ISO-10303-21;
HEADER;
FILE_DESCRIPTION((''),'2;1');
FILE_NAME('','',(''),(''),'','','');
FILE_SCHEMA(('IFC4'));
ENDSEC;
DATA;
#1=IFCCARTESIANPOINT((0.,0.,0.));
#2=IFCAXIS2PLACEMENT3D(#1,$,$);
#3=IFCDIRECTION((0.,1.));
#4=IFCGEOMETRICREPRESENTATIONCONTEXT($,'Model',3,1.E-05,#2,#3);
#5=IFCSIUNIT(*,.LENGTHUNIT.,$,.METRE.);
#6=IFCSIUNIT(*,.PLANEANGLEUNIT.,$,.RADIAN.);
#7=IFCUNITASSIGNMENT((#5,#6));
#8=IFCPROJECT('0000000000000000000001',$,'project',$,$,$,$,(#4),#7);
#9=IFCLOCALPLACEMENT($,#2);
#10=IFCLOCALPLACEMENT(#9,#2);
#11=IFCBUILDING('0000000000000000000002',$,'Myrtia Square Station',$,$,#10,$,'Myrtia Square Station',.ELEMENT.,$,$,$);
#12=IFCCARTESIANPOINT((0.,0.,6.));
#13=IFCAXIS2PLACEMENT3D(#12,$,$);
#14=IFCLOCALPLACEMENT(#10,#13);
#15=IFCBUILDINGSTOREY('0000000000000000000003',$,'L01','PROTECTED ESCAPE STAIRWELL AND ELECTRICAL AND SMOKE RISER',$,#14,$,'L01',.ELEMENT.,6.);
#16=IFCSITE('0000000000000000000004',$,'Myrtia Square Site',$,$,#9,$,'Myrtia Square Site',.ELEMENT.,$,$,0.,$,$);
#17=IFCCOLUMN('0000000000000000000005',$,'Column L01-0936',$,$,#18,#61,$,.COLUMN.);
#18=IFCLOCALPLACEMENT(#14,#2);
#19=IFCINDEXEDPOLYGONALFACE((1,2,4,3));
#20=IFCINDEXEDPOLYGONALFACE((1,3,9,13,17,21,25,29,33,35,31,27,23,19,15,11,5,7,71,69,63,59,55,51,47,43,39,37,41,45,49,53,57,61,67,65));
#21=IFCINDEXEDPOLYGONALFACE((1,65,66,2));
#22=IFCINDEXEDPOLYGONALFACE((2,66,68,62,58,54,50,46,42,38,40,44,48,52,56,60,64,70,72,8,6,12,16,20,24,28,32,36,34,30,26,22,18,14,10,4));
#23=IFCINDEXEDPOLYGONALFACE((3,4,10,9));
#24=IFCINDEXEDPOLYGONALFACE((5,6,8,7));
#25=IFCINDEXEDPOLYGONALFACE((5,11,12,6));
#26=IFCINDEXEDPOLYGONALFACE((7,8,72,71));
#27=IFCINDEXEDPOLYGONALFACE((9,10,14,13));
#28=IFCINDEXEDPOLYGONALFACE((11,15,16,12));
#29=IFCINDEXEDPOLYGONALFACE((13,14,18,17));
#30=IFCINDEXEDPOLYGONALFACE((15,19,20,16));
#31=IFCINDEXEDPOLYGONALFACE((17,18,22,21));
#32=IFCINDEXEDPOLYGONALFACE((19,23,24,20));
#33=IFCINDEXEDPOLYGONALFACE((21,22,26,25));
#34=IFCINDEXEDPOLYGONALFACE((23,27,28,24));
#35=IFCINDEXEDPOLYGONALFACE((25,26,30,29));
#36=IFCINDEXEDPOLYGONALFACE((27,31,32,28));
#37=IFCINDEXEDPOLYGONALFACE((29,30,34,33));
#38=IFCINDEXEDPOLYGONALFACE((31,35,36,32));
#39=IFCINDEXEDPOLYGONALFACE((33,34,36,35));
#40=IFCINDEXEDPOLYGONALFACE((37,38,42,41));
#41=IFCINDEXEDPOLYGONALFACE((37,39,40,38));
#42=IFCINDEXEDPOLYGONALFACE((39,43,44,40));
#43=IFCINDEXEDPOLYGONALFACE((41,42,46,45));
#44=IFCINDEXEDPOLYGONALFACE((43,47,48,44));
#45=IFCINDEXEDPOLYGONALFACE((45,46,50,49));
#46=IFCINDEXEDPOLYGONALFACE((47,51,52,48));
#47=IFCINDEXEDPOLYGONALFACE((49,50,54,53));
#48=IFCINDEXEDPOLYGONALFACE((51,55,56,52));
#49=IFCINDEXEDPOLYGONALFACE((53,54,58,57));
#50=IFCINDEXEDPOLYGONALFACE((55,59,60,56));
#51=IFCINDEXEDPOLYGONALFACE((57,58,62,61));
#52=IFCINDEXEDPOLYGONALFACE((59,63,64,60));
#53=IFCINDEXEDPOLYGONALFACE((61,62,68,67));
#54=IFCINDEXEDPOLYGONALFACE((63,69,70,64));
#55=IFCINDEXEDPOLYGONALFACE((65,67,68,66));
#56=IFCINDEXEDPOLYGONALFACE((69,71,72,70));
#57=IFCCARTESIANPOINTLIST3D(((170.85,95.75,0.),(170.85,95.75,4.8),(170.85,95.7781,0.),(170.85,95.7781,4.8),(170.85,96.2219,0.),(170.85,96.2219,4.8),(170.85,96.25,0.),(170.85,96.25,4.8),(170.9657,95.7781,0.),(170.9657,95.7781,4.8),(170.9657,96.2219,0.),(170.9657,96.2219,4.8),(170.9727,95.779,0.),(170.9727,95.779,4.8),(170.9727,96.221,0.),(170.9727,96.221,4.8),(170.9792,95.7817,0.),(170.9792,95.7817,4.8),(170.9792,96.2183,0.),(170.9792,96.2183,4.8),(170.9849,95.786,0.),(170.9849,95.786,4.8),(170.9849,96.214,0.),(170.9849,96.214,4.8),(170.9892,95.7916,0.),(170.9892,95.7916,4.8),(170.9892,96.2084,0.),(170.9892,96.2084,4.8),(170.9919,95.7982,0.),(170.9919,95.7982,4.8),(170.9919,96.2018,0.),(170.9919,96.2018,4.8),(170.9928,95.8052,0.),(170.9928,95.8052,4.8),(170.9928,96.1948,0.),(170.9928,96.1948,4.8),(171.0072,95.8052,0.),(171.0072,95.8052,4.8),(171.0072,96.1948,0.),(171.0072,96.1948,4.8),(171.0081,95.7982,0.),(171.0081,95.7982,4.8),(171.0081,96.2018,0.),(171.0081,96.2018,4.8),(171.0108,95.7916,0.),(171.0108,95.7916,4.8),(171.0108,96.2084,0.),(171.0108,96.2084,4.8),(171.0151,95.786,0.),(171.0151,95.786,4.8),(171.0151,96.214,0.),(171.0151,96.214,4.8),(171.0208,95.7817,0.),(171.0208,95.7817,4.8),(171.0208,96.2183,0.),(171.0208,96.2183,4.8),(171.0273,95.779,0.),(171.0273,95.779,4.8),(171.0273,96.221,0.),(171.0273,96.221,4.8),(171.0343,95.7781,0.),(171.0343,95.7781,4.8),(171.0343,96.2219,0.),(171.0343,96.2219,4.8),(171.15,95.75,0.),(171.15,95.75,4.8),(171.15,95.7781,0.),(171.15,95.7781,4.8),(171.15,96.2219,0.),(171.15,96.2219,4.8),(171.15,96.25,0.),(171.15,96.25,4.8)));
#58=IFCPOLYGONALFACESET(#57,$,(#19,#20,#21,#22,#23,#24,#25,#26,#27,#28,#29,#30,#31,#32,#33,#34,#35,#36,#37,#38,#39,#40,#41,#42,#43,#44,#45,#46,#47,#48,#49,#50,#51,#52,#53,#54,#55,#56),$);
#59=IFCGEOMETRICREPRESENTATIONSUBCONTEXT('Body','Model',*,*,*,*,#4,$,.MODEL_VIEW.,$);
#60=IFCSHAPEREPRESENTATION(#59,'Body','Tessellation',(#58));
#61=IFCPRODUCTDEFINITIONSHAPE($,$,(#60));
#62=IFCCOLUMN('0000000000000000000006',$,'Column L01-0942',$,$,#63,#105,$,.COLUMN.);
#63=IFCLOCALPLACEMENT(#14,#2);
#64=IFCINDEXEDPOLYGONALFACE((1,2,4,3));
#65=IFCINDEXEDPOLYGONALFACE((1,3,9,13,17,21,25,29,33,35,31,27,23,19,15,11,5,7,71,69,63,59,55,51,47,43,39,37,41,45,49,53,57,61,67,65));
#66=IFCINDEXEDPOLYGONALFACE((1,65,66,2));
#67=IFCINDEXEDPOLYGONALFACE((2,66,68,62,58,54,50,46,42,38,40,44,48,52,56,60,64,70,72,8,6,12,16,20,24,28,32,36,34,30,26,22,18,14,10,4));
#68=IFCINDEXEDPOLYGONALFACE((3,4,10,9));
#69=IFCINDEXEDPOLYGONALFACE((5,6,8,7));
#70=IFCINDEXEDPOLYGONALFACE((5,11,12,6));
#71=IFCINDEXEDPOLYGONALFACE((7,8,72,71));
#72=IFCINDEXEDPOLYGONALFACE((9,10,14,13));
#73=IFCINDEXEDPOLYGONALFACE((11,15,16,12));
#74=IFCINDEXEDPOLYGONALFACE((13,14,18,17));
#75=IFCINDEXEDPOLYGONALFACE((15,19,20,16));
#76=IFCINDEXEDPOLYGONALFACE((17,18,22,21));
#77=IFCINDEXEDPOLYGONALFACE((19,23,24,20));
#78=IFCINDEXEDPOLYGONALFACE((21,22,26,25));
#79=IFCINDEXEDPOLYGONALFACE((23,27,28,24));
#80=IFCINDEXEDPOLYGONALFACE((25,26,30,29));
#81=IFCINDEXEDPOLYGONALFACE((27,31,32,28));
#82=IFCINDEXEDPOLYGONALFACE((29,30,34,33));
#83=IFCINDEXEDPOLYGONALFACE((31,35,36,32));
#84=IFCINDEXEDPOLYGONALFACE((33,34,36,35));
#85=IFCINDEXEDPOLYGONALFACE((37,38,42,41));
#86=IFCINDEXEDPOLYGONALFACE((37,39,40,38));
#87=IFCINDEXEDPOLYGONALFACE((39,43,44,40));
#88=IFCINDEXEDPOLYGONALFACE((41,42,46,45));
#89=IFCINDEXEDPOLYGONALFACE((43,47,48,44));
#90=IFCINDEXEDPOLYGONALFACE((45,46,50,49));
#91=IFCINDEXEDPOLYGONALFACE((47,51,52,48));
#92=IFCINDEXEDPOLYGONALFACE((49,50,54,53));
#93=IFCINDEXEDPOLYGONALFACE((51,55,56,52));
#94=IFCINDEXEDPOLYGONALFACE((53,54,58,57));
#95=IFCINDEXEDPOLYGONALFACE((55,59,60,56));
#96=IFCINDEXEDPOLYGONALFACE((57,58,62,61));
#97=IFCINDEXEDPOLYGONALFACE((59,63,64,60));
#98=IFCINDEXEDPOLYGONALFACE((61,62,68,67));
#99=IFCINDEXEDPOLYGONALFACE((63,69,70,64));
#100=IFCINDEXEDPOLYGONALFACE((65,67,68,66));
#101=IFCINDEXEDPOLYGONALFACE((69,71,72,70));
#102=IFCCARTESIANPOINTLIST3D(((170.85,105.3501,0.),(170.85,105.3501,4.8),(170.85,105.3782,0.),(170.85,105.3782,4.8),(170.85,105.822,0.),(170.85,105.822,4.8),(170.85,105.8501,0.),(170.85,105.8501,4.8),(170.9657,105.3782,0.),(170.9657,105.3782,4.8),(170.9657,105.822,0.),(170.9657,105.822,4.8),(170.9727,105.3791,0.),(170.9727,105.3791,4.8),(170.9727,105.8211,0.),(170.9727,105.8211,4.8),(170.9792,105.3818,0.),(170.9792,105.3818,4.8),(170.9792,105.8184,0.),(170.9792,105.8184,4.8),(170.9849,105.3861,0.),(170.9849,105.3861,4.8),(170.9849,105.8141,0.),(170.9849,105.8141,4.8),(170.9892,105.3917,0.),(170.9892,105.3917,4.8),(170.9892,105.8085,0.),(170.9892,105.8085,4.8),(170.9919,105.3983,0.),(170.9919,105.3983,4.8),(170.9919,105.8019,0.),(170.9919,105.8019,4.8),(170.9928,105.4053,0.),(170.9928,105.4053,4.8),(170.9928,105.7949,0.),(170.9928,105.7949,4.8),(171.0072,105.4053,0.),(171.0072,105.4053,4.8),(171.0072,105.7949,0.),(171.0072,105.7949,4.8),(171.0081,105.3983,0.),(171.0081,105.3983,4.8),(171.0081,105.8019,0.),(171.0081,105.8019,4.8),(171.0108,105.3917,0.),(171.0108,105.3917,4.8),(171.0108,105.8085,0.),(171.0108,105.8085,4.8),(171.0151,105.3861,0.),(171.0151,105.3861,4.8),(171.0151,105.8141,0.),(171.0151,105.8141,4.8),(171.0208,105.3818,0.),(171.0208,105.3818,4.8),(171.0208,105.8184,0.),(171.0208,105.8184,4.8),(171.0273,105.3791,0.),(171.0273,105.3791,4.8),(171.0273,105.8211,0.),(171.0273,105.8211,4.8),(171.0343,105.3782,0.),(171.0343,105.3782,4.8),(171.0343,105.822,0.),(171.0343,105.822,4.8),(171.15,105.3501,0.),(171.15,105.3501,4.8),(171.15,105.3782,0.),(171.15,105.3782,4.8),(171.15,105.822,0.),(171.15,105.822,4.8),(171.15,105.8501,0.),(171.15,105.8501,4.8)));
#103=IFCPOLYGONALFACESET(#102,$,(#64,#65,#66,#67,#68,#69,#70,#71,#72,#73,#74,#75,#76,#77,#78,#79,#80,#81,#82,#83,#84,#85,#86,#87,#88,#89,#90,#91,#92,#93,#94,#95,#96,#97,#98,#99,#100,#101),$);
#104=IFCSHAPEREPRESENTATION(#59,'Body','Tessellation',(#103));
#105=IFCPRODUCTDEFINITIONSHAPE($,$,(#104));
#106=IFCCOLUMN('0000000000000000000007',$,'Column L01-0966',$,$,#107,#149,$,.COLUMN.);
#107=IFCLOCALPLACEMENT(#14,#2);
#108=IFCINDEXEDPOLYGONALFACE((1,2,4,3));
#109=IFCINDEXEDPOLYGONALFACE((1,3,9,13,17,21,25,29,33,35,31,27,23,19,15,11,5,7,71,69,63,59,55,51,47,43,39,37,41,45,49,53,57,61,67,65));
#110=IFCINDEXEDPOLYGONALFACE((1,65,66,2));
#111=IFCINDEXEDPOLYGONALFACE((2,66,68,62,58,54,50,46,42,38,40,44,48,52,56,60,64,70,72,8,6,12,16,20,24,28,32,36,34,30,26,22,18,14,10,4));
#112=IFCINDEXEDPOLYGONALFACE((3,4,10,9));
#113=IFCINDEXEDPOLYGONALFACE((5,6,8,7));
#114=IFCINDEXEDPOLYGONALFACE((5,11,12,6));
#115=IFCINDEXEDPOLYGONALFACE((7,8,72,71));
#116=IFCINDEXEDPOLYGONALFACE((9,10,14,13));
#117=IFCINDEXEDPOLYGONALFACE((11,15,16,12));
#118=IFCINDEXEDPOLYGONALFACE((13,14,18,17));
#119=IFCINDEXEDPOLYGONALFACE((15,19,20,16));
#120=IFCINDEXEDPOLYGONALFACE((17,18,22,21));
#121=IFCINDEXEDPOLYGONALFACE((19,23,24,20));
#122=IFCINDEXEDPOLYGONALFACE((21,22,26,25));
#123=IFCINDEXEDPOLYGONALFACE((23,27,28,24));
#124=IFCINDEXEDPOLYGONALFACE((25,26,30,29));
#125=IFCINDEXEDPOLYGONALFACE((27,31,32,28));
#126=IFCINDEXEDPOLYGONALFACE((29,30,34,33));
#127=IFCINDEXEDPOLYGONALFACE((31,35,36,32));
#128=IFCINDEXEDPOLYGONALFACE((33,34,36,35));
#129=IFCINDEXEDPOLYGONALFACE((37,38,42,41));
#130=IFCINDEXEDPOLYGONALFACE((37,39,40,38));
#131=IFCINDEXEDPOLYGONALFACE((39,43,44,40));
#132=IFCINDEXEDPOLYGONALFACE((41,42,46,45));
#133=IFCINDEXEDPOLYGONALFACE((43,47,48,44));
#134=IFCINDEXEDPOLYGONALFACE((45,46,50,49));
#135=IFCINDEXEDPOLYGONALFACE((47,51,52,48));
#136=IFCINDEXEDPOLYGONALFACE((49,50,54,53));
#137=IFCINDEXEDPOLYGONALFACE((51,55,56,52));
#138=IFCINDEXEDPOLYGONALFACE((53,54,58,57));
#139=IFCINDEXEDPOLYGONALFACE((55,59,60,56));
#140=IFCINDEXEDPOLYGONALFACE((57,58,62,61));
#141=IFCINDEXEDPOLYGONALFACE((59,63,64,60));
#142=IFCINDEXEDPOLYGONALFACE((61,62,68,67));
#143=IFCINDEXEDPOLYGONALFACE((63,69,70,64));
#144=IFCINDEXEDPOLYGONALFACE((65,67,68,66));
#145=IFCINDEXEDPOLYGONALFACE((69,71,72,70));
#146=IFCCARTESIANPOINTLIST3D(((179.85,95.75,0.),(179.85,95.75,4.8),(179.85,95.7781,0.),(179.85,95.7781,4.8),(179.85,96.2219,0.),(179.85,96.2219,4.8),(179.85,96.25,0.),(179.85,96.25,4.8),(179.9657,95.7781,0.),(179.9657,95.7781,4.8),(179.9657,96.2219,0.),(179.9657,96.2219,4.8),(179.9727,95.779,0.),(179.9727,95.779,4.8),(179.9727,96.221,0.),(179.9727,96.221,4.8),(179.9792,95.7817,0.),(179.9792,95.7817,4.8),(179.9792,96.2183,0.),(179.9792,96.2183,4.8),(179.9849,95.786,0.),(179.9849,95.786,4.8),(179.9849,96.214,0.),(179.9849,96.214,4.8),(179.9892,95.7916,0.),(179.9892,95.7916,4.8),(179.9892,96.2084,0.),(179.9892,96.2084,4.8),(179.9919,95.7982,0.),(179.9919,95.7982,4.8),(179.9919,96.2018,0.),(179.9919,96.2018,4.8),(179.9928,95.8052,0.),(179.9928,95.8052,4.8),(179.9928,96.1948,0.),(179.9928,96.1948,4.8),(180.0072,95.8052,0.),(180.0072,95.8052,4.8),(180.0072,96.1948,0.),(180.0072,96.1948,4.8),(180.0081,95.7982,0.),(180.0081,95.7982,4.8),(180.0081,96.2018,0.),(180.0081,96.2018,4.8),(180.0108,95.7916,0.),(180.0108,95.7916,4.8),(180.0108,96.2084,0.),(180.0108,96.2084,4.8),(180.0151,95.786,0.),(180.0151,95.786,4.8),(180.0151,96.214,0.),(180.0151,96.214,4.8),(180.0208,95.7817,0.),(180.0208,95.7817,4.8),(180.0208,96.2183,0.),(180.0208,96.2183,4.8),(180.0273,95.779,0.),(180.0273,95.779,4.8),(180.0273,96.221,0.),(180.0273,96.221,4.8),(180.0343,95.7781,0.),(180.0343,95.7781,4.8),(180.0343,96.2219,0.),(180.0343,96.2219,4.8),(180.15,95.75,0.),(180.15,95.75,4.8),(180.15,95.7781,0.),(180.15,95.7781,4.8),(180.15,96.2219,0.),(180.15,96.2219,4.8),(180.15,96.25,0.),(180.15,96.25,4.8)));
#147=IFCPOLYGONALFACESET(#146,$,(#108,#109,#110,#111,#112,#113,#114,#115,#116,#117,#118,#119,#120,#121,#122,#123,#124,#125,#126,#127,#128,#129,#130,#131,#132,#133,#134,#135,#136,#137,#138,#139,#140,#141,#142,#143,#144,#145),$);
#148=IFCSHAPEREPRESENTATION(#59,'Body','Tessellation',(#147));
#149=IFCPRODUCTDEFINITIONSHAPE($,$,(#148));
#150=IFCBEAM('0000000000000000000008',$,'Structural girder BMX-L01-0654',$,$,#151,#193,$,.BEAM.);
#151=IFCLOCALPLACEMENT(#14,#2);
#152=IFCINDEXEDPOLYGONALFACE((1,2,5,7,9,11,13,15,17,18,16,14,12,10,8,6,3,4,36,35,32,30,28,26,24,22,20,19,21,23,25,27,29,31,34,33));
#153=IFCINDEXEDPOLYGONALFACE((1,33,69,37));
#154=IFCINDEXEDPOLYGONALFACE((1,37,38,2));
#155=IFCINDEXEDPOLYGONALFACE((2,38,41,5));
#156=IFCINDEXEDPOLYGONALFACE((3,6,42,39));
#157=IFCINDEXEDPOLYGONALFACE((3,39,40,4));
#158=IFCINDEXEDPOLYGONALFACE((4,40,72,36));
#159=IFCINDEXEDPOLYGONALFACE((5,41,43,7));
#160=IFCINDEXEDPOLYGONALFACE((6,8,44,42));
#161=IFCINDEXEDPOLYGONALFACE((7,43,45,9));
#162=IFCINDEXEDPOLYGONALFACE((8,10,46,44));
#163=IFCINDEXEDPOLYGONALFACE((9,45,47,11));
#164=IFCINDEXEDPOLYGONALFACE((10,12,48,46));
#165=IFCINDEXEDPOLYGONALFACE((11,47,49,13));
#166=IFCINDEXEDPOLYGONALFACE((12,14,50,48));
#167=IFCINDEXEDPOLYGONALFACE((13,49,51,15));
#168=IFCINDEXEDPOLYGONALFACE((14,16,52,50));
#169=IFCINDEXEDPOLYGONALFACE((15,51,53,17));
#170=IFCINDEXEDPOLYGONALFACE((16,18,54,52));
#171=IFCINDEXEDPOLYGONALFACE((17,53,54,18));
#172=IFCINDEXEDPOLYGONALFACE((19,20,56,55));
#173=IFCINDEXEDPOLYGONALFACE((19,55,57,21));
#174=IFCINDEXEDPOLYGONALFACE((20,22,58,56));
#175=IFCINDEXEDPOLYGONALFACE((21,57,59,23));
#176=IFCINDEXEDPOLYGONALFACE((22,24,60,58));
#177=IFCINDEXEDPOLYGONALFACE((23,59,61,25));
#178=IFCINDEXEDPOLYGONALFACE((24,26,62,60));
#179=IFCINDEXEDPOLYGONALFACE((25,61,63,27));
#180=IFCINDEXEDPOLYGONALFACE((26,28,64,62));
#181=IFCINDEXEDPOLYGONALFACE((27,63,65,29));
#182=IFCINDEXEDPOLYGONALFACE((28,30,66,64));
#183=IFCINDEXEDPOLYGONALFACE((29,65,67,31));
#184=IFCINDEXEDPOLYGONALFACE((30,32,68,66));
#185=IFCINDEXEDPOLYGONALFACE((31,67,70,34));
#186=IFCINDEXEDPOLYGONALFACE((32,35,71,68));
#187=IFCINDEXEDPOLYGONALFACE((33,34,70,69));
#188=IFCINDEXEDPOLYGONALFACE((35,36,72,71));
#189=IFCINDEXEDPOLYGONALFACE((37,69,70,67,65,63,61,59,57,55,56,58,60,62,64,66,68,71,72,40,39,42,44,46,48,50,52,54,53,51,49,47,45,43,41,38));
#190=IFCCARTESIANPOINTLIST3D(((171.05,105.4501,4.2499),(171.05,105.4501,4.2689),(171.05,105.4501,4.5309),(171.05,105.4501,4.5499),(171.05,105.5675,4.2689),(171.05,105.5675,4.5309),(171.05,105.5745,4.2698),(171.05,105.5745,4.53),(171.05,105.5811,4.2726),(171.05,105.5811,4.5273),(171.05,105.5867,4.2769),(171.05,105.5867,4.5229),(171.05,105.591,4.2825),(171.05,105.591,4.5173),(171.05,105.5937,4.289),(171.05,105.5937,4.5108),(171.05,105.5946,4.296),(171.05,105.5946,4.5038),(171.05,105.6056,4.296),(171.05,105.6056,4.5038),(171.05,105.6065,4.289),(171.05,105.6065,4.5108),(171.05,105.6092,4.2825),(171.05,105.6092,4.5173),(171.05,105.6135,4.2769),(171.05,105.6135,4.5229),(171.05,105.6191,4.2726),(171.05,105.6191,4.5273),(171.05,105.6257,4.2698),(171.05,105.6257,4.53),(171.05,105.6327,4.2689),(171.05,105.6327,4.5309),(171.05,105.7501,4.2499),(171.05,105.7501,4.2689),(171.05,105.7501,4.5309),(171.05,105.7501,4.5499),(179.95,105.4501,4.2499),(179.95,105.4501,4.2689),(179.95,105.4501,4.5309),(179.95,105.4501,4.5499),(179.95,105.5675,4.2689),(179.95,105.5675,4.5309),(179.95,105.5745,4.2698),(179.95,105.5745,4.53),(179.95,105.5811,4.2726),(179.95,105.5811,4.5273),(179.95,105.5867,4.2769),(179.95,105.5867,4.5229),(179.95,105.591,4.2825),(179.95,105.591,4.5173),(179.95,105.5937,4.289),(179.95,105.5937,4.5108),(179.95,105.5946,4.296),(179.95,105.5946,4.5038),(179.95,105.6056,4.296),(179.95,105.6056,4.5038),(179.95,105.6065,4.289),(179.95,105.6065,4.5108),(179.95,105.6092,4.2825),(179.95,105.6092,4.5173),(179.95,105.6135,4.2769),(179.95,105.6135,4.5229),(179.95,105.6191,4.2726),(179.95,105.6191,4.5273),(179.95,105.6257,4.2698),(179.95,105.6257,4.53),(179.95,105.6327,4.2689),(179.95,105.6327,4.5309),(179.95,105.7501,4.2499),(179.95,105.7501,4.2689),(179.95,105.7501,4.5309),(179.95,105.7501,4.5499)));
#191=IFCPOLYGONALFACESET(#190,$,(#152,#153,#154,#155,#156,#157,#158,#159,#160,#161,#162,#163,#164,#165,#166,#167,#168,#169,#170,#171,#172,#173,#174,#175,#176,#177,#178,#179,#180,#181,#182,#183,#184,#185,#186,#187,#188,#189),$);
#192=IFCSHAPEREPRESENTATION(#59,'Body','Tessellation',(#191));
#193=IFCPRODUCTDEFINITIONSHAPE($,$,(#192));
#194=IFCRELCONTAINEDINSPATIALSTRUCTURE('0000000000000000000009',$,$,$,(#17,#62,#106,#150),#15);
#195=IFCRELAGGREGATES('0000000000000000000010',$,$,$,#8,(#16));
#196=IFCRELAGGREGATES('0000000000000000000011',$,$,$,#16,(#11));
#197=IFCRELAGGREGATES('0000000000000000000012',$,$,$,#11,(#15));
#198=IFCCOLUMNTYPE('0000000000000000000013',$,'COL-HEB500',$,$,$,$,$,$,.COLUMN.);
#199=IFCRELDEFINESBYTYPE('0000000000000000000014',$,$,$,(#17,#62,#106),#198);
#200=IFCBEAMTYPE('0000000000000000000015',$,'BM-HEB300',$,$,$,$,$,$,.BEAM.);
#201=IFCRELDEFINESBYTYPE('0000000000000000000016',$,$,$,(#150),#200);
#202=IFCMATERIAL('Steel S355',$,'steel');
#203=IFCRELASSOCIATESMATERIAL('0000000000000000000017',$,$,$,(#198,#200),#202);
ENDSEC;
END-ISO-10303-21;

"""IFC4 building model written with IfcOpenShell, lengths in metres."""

from ifc_helpers import new_model, si_unit, direction, frame, origin, origin_2d, place, context, subcontext, project, spatial, i_section, extrude, material, material_profile, profile_set, type_object, element, save


model = new_model("IFC4")

# Units and contexts
model_context = context("Model", 3, precision=1e-05, world=origin(), true_north=direction((0.0, 1.0)))
body_context = subcontext(model_context, "Body", "Model", "MODEL_VIEW")
ifc_project = project(units=[si_unit("LENGTHUNIT", "METRE"), si_unit("PLANEANGLEUNIT", "RADIAN")], contexts=[model_context])

# Site, building, storey
site_placement = place(None, origin())
site = spatial("IfcSite", under=ifc_project, at=site_placement, Name="Myrtia Square Site", LongName="Myrtia Square Site", CompositionType="ELEMENT", RefElevation=0.0)
building_placement = place(site_placement, origin())
building = spatial("IfcBuilding", under=site, at=building_placement, Name="Myrtia Square Station", LongName="Myrtia Square Station", CompositionType="ELEMENT")
storey_placement = place(building_placement, frame((0.0, 0.0, 6.0)))
storey = spatial("IfcBuildingStorey", under=building, at=storey_placement, Name="L01", Description="PROTECTED ESCAPE STAIRWELL AND ELECTRICAL AND SMOKE RISER", LongName="L01", CompositionType="ELEMENT", Elevation=6.0)

# Columns
ifc_material_1 = material(Name="Steel S355", Category="steel")
ifc_material_profile_1 = material_profile(ifc_material_1, i_section(OverallWidth=0.3, OverallDepth=0.5, WebThickness=0.0144, FlangeThickness=0.0281, FilletRadius=0.0271, at=origin_2d()), Name="HEB 500")
ifc_profile_set_1 = profile_set([ifc_material_profile_1], Name="Steel S355")
column_type = type_object("IfcColumnType", Name="COL-HEB500", PredefinedType="COLUMN", material=ifc_profile_set_1)
for number, where, z_axis, x_axis, name in (
    (1, (171.0, 96.0, 0.0), (0.0, 0.0, 1.0), (1.0, 0.0, 0.0), "Column L01-0936"),
    (2, (171.0, 105.6001, 0.0), (0.0, 0.0, 1.0), (1.0, 0.0, 0.0), "Column L01-0942"),
    (3, (180.0, 96.0, 0.0), (0.0, 0.0, 1.0), (1.0, 0.0, 0.0), "Column L01-0966"),
):
    element("IfcColumn", number, at=place(storey_placement, frame(where, z_axis=z_axis, x_axis=x_axis)), inside=storey, type_object=column_type, Name=name, PredefinedType="COLUMN", context=body_context, shape_type="SweptSolid", body=[
        extrude(i_section(OverallWidth=0.3, OverallDepth=0.5, WebThickness=0.0144, FlangeThickness=0.0281, FilletRadius=0.0271, at=origin_2d()), origin(), (0.0, 0.0, 1.0), 4.8),
    ])

# Beam
ifc_material_profile_2 = material_profile(ifc_material_1, i_section(OverallWidth=0.3, OverallDepth=0.3, WebThickness=0.011, FlangeThickness=0.019, FilletRadius=0.0271, at=origin_2d()), Name="HEB 300")
ifc_profile_set_2 = profile_set([ifc_material_profile_2], Name="Steel S355")
beam_type_1 = type_object("IfcBeamType", Name="BM-HEB300", PredefinedType="BEAM", material=ifc_profile_set_2)
beam_1_placement = place(storey_placement, frame((171.05, 105.6001, 4.3999), z_axis=(1.0, 0.0, 0.0), x_axis=(0.0, 1.0, 0.0)))
element("IfcBeam", 4, at=beam_1_placement, inside=storey, type_object=beam_type_1, Name="Structural girder BMX-L01-0654", PredefinedType="BEAM", context=body_context, shape_type="SweptSolid", body=[
    extrude(i_section(OverallWidth=0.3, OverallDepth=0.3, WebThickness=0.011, FlangeThickness=0.019, FilletRadius=0.0271, at=origin_2d()), origin(), (0.0, 0.0, 1.0), 8.8999),
])

save(model, "model.ifc")
